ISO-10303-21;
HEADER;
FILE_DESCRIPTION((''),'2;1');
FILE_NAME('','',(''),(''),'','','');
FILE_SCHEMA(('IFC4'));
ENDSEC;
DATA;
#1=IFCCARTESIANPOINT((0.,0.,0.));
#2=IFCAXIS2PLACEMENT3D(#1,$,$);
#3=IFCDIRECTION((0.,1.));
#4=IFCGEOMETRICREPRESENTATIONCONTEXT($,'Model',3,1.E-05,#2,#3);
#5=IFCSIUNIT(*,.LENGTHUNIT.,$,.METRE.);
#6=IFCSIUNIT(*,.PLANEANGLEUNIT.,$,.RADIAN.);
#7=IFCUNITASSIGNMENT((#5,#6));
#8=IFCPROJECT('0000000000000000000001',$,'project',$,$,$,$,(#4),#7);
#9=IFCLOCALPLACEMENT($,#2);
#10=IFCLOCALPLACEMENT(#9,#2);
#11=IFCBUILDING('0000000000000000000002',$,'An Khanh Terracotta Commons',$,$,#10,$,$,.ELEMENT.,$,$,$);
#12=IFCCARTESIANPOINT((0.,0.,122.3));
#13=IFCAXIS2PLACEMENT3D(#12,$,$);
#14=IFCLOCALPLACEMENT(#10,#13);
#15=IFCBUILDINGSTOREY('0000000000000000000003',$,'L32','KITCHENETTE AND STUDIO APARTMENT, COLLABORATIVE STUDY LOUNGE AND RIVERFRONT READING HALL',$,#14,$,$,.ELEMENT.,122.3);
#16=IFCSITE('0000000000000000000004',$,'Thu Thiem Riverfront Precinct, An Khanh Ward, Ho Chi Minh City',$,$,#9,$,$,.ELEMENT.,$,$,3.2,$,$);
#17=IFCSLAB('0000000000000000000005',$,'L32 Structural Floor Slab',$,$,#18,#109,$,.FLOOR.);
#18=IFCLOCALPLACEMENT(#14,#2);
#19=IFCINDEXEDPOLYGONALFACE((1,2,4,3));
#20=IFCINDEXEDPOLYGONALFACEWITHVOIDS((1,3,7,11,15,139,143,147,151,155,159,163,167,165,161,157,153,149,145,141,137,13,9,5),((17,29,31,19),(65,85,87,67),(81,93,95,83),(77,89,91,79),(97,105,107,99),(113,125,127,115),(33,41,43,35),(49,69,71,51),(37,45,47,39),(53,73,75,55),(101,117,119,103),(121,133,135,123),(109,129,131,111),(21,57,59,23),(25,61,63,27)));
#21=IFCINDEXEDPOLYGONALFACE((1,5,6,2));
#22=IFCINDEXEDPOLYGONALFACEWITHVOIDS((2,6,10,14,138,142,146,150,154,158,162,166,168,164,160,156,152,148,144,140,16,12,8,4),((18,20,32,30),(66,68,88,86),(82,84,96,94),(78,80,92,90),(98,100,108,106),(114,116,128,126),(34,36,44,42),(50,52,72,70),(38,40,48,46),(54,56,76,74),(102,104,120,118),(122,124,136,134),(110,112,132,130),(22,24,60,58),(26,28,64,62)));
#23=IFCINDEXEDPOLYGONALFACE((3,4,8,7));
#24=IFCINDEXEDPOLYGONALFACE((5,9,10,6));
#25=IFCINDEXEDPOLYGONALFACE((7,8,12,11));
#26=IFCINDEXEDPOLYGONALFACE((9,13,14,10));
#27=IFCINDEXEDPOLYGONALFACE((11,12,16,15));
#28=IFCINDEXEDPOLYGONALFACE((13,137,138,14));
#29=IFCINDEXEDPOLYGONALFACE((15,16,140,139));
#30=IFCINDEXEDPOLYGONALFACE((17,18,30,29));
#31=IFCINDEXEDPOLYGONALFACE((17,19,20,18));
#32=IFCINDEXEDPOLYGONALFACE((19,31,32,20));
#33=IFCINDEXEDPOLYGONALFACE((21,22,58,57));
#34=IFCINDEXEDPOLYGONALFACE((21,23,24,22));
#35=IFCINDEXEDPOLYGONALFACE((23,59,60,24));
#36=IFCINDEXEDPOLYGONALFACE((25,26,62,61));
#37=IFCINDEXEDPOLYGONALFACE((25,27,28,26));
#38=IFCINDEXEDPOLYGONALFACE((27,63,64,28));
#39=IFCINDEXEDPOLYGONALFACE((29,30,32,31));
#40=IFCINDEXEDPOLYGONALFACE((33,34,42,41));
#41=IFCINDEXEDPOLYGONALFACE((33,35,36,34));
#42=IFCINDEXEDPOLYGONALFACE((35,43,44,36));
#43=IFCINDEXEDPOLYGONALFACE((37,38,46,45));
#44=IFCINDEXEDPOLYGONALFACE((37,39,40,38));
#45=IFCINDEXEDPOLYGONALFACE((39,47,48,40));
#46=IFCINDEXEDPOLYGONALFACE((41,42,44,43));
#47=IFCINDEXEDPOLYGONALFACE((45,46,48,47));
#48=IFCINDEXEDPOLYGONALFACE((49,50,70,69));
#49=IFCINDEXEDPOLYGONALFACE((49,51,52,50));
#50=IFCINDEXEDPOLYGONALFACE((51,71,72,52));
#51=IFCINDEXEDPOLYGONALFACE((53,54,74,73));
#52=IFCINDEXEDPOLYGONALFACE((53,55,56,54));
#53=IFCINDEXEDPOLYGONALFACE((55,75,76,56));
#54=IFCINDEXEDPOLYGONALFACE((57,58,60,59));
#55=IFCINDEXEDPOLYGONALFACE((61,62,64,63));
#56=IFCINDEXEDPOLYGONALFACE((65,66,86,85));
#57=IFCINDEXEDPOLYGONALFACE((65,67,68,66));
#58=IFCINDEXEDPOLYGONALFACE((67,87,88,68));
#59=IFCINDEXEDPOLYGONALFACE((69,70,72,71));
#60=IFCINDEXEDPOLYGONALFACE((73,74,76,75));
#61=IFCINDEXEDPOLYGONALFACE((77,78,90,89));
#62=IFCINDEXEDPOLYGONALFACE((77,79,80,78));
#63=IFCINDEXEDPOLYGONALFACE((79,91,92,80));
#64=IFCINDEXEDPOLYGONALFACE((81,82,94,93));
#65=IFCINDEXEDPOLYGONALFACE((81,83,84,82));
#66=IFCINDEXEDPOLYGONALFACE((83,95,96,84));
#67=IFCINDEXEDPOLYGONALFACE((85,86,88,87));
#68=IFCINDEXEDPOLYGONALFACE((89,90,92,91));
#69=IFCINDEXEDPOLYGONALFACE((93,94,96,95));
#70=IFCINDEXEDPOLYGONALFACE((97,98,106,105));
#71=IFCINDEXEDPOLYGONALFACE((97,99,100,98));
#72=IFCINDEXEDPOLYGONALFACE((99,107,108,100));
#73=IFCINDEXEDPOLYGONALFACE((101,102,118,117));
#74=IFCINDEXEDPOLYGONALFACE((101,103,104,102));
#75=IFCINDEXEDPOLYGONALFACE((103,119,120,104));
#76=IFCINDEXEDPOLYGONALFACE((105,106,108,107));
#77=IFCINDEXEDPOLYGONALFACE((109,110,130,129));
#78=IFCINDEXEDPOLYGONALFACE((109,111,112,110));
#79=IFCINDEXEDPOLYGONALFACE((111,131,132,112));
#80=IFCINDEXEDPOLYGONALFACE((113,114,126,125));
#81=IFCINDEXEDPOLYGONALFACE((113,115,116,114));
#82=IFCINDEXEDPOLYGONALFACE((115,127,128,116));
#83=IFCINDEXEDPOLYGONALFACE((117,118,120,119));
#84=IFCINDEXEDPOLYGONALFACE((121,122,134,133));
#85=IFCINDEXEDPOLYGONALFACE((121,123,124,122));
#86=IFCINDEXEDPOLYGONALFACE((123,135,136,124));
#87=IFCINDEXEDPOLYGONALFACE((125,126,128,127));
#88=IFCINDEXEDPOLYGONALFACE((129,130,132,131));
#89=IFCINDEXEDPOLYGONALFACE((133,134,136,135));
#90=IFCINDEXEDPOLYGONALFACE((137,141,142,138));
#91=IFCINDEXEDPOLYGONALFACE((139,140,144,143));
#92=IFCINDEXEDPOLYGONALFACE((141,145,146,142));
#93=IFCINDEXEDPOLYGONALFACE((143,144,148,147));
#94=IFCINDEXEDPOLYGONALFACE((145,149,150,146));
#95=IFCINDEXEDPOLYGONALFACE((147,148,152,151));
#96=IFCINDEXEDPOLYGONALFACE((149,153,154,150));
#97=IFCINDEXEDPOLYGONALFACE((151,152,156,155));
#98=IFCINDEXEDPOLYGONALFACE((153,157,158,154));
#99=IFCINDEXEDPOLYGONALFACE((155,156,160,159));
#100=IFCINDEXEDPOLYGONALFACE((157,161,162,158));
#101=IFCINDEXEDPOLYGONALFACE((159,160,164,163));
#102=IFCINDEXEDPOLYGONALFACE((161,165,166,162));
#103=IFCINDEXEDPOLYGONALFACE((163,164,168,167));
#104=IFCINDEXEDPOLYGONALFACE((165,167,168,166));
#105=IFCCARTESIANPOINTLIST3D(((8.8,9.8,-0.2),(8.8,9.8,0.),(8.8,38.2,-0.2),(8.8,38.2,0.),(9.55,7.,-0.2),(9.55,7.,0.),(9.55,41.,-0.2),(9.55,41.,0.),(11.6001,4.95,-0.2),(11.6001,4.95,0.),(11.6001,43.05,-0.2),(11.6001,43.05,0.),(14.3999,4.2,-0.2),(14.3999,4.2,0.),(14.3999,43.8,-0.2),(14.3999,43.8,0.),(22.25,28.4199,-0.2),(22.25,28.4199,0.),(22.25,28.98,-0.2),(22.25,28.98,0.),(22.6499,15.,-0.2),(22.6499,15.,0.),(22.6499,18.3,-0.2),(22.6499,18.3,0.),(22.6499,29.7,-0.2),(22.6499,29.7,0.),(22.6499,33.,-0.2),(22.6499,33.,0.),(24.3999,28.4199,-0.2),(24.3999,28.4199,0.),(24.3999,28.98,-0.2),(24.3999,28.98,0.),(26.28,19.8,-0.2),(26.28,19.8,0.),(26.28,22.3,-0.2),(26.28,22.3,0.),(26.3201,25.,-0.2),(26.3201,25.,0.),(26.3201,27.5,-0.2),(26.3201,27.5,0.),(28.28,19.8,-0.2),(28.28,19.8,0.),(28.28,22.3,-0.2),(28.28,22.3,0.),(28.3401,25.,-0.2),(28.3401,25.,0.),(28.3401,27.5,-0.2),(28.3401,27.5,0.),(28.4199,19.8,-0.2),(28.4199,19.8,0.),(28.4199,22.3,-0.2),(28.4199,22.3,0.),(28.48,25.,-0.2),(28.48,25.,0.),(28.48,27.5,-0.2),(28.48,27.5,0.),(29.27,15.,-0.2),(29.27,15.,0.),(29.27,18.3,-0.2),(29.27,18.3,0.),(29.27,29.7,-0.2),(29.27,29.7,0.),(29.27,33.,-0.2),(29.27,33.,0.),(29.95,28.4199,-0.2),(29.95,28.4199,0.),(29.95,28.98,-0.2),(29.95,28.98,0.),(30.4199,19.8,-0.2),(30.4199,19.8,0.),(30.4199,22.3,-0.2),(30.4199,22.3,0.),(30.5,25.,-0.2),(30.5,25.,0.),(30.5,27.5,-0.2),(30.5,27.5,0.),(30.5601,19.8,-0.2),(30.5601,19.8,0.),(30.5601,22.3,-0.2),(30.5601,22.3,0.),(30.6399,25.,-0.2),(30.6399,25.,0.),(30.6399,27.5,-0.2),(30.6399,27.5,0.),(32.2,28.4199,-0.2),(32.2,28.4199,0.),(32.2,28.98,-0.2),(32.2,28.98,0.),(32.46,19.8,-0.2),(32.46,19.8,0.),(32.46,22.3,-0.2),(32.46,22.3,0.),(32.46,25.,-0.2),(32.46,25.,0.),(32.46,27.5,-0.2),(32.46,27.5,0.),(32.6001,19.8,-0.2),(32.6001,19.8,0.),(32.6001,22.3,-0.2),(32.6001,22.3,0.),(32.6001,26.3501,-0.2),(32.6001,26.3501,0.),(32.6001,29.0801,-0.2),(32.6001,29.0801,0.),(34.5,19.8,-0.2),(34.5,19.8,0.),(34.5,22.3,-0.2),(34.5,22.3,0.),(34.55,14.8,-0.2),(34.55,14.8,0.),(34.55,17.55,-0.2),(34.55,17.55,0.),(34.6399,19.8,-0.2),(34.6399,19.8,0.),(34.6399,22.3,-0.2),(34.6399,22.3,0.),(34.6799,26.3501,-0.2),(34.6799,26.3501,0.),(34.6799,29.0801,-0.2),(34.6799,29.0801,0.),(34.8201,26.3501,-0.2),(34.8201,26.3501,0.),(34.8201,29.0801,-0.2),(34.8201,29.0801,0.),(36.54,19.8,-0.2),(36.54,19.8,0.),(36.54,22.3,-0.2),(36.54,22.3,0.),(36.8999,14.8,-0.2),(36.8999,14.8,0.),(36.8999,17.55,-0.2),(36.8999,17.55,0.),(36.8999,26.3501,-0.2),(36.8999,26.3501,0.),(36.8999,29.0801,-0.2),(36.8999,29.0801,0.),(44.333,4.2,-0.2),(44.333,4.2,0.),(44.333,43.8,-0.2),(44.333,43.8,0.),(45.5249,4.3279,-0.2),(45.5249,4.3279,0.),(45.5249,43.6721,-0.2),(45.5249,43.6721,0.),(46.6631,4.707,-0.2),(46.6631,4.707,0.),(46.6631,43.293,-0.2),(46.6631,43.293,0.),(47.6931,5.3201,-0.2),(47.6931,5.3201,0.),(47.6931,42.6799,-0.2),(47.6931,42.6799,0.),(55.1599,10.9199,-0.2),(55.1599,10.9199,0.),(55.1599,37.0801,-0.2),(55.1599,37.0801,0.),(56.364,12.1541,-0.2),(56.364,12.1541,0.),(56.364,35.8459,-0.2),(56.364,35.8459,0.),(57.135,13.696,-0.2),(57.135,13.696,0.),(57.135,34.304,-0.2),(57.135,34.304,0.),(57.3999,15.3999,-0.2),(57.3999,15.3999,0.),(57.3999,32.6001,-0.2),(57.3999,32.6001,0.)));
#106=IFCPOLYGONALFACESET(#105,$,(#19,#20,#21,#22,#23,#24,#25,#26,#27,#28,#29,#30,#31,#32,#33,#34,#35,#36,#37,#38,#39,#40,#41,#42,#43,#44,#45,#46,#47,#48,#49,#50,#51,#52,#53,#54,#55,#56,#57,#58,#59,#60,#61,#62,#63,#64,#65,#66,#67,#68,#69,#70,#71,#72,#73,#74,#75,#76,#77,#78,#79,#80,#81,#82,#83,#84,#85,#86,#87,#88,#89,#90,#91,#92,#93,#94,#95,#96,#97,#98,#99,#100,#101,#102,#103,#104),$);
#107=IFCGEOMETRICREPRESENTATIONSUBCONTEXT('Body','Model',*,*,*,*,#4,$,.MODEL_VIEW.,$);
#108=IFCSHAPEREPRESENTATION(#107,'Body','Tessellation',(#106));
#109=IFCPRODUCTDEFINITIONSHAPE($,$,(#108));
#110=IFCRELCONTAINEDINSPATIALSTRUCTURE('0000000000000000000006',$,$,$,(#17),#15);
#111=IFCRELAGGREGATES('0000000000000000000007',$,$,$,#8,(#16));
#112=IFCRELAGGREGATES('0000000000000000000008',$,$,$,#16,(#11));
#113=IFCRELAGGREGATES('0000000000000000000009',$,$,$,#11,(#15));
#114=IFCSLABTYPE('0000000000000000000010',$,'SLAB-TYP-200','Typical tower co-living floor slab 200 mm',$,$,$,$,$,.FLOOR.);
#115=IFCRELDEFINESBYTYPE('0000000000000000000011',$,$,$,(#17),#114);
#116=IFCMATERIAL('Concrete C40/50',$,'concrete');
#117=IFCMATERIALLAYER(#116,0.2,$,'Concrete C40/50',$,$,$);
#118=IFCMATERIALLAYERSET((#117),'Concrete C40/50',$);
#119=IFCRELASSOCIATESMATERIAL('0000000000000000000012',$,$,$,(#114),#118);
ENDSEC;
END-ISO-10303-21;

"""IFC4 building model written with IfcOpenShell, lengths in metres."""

from ifc_helpers import new_model, si_unit, direction, frame, origin, place, context, subcontext, project, spatial, polyline, outline, extrude, material, layer, layer_set, type_object, element, save


model = new_model("IFC4")

# Units and contexts
model_context = context("Model", 3, precision=1e-05, world=origin(), true_north=direction((0.0, 1.0)))
body_context = subcontext(model_context, "Body", "Model", "MODEL_VIEW")
ifc_project = project(units=[si_unit("LENGTHUNIT", "METRE"), si_unit("PLANEANGLEUNIT", "RADIAN")], contexts=[model_context])

# Site, building, storey
site_placement = place(None, origin())
site = spatial("IfcSite", under=ifc_project, at=site_placement, Name="Thu Thiem Riverfront Precinct, An Khanh Ward, Ho Chi Minh City", CompositionType="ELEMENT", RefElevation=3.2)
building_placement = place(site_placement, origin())
building = spatial("IfcBuilding", under=site, at=building_placement, Name="An Khanh Terracotta Commons", CompositionType="ELEMENT")
storey_placement = place(building_placement, frame((0.0, 0.0, 122.3)))
storey = spatial("IfcBuildingStorey", under=building, at=storey_placement, Name="L32", Description="KITCHENETTE AND STUDIO APARTMENT, COLLABORATIVE STUDY LOUNGE AND RIVERFRONT READING HALL", CompositionType="ELEMENT", Elevation=122.3)

# Shared definitions
ifc_material_1 = material(Name="Concrete C40/50", Category="concrete")

# Slab
ifc_layer_1 = layer(ifc_material_1, 0.2, Name="Concrete C40/50")
ifc_layer_set_1 = layer_set([ifc_layer_1], Name="Concrete C40/50")
slab_type_1 = type_object("IfcSlabType", Name="SLAB-TYP-200", Description="Typical tower co-living floor slab 200 mm", PredefinedType="FLOOR", material=ifc_layer_set_1)
slab_1_placement = place(storey_placement, frame((0.0, 0.0, -0.2)))
element("IfcSlab", 1, at=slab_1_placement, inside=storey, type_object=slab_type_1, Name="L32 Structural Floor Slab", PredefinedType="FLOOR", context=body_context, shape_type="SweptSolid", body=[
    extrude(outline(polyline([(8.8, 9.8), (9.55, 7.0), (11.6001, 4.95), (14.3999, 4.2), (44.333, 4.2), (45.5249, 4.3279), (46.6631, 4.707), (47.6931, 5.3201), (55.1599, 10.9199), (56.364, 12.1541), (57.135, 13.696), (57.3999, 15.3999), (57.3999, 32.6001), (57.135, 34.304), (56.364, 35.8459), (55.1599, 37.0801), (47.6931, 42.6799), (46.6631, 43.293), (45.5249, 43.6721), (44.333, 43.8), (14.3999, 43.8), (11.6001, 43.05), (9.55, 41.0), (8.8, 38.2), (8.8, 9.8)]), holes=[polyline([(22.6499, 29.7), (29.27, 29.7), (29.27, 33.0), (22.6499, 33.0), (22.6499, 29.7)]), polyline([(22.6499, 15.0), (29.27, 15.0), (29.27, 18.3), (22.6499, 18.3), (22.6499, 15.0)]), polyline([(32.6001, 26.3501), (34.6799, 26.3501), (34.6799, 29.0801), (32.6001, 29.0801), (32.6001, 26.3501)]), polyline([(34.8201, 26.3501), (36.8999, 26.3501), (36.8999, 29.0801), (34.8201, 29.0801), (34.8201, 26.3501)]), polyline([(34.55, 14.8), (36.8999, 14.8), (36.8999, 17.55), (34.55, 17.55), (34.55, 14.8)]), polyline([(26.3201, 25.0), (28.3401, 25.0), (28.3401, 27.5), (26.3201, 27.5), (26.3201, 25.0)]), polyline([(28.48, 25.0), (30.5, 25.0), (30.5, 27.5), (28.48, 27.5), (28.48, 25.0)]), polyline([(26.28, 19.8), (28.28, 19.8), (28.28, 22.3), (26.28, 22.3), (26.28, 19.8)]), polyline([(28.4199, 19.8), (30.4199, 19.8), (30.4199, 22.3), (28.4199, 22.3), (28.4199, 19.8)]), polyline([(30.6399, 25.0), (32.46, 25.0), (32.46, 27.5), (30.6399, 27.5), (30.6399, 25.0)]), polyline([(30.5601, 19.8), (32.46, 19.8), (32.46, 22.3), (30.5601, 22.3), (30.5601, 19.8)]), polyline([(32.6001, 19.8), (34.5, 19.8), (34.5, 22.3), (32.6001, 22.3), (32.6001, 19.8)]), polyline([(34.6399, 19.8), (36.54, 19.8), (36.54, 22.3), (34.6399, 22.3), (34.6399, 19.8)]), polyline([(22.25, 28.4199), (24.3999, 28.4199), (24.3999, 28.98), (22.25, 28.98), (22.25, 28.4199)]), polyline([(29.95, 28.4199), (32.2, 28.4199), (32.2, 28.98), (29.95, 28.98), (29.95, 28.4199)])]), origin(), (0.0, 0.0, 1.0), 0.2),
])

save(model, "model.ifc")
